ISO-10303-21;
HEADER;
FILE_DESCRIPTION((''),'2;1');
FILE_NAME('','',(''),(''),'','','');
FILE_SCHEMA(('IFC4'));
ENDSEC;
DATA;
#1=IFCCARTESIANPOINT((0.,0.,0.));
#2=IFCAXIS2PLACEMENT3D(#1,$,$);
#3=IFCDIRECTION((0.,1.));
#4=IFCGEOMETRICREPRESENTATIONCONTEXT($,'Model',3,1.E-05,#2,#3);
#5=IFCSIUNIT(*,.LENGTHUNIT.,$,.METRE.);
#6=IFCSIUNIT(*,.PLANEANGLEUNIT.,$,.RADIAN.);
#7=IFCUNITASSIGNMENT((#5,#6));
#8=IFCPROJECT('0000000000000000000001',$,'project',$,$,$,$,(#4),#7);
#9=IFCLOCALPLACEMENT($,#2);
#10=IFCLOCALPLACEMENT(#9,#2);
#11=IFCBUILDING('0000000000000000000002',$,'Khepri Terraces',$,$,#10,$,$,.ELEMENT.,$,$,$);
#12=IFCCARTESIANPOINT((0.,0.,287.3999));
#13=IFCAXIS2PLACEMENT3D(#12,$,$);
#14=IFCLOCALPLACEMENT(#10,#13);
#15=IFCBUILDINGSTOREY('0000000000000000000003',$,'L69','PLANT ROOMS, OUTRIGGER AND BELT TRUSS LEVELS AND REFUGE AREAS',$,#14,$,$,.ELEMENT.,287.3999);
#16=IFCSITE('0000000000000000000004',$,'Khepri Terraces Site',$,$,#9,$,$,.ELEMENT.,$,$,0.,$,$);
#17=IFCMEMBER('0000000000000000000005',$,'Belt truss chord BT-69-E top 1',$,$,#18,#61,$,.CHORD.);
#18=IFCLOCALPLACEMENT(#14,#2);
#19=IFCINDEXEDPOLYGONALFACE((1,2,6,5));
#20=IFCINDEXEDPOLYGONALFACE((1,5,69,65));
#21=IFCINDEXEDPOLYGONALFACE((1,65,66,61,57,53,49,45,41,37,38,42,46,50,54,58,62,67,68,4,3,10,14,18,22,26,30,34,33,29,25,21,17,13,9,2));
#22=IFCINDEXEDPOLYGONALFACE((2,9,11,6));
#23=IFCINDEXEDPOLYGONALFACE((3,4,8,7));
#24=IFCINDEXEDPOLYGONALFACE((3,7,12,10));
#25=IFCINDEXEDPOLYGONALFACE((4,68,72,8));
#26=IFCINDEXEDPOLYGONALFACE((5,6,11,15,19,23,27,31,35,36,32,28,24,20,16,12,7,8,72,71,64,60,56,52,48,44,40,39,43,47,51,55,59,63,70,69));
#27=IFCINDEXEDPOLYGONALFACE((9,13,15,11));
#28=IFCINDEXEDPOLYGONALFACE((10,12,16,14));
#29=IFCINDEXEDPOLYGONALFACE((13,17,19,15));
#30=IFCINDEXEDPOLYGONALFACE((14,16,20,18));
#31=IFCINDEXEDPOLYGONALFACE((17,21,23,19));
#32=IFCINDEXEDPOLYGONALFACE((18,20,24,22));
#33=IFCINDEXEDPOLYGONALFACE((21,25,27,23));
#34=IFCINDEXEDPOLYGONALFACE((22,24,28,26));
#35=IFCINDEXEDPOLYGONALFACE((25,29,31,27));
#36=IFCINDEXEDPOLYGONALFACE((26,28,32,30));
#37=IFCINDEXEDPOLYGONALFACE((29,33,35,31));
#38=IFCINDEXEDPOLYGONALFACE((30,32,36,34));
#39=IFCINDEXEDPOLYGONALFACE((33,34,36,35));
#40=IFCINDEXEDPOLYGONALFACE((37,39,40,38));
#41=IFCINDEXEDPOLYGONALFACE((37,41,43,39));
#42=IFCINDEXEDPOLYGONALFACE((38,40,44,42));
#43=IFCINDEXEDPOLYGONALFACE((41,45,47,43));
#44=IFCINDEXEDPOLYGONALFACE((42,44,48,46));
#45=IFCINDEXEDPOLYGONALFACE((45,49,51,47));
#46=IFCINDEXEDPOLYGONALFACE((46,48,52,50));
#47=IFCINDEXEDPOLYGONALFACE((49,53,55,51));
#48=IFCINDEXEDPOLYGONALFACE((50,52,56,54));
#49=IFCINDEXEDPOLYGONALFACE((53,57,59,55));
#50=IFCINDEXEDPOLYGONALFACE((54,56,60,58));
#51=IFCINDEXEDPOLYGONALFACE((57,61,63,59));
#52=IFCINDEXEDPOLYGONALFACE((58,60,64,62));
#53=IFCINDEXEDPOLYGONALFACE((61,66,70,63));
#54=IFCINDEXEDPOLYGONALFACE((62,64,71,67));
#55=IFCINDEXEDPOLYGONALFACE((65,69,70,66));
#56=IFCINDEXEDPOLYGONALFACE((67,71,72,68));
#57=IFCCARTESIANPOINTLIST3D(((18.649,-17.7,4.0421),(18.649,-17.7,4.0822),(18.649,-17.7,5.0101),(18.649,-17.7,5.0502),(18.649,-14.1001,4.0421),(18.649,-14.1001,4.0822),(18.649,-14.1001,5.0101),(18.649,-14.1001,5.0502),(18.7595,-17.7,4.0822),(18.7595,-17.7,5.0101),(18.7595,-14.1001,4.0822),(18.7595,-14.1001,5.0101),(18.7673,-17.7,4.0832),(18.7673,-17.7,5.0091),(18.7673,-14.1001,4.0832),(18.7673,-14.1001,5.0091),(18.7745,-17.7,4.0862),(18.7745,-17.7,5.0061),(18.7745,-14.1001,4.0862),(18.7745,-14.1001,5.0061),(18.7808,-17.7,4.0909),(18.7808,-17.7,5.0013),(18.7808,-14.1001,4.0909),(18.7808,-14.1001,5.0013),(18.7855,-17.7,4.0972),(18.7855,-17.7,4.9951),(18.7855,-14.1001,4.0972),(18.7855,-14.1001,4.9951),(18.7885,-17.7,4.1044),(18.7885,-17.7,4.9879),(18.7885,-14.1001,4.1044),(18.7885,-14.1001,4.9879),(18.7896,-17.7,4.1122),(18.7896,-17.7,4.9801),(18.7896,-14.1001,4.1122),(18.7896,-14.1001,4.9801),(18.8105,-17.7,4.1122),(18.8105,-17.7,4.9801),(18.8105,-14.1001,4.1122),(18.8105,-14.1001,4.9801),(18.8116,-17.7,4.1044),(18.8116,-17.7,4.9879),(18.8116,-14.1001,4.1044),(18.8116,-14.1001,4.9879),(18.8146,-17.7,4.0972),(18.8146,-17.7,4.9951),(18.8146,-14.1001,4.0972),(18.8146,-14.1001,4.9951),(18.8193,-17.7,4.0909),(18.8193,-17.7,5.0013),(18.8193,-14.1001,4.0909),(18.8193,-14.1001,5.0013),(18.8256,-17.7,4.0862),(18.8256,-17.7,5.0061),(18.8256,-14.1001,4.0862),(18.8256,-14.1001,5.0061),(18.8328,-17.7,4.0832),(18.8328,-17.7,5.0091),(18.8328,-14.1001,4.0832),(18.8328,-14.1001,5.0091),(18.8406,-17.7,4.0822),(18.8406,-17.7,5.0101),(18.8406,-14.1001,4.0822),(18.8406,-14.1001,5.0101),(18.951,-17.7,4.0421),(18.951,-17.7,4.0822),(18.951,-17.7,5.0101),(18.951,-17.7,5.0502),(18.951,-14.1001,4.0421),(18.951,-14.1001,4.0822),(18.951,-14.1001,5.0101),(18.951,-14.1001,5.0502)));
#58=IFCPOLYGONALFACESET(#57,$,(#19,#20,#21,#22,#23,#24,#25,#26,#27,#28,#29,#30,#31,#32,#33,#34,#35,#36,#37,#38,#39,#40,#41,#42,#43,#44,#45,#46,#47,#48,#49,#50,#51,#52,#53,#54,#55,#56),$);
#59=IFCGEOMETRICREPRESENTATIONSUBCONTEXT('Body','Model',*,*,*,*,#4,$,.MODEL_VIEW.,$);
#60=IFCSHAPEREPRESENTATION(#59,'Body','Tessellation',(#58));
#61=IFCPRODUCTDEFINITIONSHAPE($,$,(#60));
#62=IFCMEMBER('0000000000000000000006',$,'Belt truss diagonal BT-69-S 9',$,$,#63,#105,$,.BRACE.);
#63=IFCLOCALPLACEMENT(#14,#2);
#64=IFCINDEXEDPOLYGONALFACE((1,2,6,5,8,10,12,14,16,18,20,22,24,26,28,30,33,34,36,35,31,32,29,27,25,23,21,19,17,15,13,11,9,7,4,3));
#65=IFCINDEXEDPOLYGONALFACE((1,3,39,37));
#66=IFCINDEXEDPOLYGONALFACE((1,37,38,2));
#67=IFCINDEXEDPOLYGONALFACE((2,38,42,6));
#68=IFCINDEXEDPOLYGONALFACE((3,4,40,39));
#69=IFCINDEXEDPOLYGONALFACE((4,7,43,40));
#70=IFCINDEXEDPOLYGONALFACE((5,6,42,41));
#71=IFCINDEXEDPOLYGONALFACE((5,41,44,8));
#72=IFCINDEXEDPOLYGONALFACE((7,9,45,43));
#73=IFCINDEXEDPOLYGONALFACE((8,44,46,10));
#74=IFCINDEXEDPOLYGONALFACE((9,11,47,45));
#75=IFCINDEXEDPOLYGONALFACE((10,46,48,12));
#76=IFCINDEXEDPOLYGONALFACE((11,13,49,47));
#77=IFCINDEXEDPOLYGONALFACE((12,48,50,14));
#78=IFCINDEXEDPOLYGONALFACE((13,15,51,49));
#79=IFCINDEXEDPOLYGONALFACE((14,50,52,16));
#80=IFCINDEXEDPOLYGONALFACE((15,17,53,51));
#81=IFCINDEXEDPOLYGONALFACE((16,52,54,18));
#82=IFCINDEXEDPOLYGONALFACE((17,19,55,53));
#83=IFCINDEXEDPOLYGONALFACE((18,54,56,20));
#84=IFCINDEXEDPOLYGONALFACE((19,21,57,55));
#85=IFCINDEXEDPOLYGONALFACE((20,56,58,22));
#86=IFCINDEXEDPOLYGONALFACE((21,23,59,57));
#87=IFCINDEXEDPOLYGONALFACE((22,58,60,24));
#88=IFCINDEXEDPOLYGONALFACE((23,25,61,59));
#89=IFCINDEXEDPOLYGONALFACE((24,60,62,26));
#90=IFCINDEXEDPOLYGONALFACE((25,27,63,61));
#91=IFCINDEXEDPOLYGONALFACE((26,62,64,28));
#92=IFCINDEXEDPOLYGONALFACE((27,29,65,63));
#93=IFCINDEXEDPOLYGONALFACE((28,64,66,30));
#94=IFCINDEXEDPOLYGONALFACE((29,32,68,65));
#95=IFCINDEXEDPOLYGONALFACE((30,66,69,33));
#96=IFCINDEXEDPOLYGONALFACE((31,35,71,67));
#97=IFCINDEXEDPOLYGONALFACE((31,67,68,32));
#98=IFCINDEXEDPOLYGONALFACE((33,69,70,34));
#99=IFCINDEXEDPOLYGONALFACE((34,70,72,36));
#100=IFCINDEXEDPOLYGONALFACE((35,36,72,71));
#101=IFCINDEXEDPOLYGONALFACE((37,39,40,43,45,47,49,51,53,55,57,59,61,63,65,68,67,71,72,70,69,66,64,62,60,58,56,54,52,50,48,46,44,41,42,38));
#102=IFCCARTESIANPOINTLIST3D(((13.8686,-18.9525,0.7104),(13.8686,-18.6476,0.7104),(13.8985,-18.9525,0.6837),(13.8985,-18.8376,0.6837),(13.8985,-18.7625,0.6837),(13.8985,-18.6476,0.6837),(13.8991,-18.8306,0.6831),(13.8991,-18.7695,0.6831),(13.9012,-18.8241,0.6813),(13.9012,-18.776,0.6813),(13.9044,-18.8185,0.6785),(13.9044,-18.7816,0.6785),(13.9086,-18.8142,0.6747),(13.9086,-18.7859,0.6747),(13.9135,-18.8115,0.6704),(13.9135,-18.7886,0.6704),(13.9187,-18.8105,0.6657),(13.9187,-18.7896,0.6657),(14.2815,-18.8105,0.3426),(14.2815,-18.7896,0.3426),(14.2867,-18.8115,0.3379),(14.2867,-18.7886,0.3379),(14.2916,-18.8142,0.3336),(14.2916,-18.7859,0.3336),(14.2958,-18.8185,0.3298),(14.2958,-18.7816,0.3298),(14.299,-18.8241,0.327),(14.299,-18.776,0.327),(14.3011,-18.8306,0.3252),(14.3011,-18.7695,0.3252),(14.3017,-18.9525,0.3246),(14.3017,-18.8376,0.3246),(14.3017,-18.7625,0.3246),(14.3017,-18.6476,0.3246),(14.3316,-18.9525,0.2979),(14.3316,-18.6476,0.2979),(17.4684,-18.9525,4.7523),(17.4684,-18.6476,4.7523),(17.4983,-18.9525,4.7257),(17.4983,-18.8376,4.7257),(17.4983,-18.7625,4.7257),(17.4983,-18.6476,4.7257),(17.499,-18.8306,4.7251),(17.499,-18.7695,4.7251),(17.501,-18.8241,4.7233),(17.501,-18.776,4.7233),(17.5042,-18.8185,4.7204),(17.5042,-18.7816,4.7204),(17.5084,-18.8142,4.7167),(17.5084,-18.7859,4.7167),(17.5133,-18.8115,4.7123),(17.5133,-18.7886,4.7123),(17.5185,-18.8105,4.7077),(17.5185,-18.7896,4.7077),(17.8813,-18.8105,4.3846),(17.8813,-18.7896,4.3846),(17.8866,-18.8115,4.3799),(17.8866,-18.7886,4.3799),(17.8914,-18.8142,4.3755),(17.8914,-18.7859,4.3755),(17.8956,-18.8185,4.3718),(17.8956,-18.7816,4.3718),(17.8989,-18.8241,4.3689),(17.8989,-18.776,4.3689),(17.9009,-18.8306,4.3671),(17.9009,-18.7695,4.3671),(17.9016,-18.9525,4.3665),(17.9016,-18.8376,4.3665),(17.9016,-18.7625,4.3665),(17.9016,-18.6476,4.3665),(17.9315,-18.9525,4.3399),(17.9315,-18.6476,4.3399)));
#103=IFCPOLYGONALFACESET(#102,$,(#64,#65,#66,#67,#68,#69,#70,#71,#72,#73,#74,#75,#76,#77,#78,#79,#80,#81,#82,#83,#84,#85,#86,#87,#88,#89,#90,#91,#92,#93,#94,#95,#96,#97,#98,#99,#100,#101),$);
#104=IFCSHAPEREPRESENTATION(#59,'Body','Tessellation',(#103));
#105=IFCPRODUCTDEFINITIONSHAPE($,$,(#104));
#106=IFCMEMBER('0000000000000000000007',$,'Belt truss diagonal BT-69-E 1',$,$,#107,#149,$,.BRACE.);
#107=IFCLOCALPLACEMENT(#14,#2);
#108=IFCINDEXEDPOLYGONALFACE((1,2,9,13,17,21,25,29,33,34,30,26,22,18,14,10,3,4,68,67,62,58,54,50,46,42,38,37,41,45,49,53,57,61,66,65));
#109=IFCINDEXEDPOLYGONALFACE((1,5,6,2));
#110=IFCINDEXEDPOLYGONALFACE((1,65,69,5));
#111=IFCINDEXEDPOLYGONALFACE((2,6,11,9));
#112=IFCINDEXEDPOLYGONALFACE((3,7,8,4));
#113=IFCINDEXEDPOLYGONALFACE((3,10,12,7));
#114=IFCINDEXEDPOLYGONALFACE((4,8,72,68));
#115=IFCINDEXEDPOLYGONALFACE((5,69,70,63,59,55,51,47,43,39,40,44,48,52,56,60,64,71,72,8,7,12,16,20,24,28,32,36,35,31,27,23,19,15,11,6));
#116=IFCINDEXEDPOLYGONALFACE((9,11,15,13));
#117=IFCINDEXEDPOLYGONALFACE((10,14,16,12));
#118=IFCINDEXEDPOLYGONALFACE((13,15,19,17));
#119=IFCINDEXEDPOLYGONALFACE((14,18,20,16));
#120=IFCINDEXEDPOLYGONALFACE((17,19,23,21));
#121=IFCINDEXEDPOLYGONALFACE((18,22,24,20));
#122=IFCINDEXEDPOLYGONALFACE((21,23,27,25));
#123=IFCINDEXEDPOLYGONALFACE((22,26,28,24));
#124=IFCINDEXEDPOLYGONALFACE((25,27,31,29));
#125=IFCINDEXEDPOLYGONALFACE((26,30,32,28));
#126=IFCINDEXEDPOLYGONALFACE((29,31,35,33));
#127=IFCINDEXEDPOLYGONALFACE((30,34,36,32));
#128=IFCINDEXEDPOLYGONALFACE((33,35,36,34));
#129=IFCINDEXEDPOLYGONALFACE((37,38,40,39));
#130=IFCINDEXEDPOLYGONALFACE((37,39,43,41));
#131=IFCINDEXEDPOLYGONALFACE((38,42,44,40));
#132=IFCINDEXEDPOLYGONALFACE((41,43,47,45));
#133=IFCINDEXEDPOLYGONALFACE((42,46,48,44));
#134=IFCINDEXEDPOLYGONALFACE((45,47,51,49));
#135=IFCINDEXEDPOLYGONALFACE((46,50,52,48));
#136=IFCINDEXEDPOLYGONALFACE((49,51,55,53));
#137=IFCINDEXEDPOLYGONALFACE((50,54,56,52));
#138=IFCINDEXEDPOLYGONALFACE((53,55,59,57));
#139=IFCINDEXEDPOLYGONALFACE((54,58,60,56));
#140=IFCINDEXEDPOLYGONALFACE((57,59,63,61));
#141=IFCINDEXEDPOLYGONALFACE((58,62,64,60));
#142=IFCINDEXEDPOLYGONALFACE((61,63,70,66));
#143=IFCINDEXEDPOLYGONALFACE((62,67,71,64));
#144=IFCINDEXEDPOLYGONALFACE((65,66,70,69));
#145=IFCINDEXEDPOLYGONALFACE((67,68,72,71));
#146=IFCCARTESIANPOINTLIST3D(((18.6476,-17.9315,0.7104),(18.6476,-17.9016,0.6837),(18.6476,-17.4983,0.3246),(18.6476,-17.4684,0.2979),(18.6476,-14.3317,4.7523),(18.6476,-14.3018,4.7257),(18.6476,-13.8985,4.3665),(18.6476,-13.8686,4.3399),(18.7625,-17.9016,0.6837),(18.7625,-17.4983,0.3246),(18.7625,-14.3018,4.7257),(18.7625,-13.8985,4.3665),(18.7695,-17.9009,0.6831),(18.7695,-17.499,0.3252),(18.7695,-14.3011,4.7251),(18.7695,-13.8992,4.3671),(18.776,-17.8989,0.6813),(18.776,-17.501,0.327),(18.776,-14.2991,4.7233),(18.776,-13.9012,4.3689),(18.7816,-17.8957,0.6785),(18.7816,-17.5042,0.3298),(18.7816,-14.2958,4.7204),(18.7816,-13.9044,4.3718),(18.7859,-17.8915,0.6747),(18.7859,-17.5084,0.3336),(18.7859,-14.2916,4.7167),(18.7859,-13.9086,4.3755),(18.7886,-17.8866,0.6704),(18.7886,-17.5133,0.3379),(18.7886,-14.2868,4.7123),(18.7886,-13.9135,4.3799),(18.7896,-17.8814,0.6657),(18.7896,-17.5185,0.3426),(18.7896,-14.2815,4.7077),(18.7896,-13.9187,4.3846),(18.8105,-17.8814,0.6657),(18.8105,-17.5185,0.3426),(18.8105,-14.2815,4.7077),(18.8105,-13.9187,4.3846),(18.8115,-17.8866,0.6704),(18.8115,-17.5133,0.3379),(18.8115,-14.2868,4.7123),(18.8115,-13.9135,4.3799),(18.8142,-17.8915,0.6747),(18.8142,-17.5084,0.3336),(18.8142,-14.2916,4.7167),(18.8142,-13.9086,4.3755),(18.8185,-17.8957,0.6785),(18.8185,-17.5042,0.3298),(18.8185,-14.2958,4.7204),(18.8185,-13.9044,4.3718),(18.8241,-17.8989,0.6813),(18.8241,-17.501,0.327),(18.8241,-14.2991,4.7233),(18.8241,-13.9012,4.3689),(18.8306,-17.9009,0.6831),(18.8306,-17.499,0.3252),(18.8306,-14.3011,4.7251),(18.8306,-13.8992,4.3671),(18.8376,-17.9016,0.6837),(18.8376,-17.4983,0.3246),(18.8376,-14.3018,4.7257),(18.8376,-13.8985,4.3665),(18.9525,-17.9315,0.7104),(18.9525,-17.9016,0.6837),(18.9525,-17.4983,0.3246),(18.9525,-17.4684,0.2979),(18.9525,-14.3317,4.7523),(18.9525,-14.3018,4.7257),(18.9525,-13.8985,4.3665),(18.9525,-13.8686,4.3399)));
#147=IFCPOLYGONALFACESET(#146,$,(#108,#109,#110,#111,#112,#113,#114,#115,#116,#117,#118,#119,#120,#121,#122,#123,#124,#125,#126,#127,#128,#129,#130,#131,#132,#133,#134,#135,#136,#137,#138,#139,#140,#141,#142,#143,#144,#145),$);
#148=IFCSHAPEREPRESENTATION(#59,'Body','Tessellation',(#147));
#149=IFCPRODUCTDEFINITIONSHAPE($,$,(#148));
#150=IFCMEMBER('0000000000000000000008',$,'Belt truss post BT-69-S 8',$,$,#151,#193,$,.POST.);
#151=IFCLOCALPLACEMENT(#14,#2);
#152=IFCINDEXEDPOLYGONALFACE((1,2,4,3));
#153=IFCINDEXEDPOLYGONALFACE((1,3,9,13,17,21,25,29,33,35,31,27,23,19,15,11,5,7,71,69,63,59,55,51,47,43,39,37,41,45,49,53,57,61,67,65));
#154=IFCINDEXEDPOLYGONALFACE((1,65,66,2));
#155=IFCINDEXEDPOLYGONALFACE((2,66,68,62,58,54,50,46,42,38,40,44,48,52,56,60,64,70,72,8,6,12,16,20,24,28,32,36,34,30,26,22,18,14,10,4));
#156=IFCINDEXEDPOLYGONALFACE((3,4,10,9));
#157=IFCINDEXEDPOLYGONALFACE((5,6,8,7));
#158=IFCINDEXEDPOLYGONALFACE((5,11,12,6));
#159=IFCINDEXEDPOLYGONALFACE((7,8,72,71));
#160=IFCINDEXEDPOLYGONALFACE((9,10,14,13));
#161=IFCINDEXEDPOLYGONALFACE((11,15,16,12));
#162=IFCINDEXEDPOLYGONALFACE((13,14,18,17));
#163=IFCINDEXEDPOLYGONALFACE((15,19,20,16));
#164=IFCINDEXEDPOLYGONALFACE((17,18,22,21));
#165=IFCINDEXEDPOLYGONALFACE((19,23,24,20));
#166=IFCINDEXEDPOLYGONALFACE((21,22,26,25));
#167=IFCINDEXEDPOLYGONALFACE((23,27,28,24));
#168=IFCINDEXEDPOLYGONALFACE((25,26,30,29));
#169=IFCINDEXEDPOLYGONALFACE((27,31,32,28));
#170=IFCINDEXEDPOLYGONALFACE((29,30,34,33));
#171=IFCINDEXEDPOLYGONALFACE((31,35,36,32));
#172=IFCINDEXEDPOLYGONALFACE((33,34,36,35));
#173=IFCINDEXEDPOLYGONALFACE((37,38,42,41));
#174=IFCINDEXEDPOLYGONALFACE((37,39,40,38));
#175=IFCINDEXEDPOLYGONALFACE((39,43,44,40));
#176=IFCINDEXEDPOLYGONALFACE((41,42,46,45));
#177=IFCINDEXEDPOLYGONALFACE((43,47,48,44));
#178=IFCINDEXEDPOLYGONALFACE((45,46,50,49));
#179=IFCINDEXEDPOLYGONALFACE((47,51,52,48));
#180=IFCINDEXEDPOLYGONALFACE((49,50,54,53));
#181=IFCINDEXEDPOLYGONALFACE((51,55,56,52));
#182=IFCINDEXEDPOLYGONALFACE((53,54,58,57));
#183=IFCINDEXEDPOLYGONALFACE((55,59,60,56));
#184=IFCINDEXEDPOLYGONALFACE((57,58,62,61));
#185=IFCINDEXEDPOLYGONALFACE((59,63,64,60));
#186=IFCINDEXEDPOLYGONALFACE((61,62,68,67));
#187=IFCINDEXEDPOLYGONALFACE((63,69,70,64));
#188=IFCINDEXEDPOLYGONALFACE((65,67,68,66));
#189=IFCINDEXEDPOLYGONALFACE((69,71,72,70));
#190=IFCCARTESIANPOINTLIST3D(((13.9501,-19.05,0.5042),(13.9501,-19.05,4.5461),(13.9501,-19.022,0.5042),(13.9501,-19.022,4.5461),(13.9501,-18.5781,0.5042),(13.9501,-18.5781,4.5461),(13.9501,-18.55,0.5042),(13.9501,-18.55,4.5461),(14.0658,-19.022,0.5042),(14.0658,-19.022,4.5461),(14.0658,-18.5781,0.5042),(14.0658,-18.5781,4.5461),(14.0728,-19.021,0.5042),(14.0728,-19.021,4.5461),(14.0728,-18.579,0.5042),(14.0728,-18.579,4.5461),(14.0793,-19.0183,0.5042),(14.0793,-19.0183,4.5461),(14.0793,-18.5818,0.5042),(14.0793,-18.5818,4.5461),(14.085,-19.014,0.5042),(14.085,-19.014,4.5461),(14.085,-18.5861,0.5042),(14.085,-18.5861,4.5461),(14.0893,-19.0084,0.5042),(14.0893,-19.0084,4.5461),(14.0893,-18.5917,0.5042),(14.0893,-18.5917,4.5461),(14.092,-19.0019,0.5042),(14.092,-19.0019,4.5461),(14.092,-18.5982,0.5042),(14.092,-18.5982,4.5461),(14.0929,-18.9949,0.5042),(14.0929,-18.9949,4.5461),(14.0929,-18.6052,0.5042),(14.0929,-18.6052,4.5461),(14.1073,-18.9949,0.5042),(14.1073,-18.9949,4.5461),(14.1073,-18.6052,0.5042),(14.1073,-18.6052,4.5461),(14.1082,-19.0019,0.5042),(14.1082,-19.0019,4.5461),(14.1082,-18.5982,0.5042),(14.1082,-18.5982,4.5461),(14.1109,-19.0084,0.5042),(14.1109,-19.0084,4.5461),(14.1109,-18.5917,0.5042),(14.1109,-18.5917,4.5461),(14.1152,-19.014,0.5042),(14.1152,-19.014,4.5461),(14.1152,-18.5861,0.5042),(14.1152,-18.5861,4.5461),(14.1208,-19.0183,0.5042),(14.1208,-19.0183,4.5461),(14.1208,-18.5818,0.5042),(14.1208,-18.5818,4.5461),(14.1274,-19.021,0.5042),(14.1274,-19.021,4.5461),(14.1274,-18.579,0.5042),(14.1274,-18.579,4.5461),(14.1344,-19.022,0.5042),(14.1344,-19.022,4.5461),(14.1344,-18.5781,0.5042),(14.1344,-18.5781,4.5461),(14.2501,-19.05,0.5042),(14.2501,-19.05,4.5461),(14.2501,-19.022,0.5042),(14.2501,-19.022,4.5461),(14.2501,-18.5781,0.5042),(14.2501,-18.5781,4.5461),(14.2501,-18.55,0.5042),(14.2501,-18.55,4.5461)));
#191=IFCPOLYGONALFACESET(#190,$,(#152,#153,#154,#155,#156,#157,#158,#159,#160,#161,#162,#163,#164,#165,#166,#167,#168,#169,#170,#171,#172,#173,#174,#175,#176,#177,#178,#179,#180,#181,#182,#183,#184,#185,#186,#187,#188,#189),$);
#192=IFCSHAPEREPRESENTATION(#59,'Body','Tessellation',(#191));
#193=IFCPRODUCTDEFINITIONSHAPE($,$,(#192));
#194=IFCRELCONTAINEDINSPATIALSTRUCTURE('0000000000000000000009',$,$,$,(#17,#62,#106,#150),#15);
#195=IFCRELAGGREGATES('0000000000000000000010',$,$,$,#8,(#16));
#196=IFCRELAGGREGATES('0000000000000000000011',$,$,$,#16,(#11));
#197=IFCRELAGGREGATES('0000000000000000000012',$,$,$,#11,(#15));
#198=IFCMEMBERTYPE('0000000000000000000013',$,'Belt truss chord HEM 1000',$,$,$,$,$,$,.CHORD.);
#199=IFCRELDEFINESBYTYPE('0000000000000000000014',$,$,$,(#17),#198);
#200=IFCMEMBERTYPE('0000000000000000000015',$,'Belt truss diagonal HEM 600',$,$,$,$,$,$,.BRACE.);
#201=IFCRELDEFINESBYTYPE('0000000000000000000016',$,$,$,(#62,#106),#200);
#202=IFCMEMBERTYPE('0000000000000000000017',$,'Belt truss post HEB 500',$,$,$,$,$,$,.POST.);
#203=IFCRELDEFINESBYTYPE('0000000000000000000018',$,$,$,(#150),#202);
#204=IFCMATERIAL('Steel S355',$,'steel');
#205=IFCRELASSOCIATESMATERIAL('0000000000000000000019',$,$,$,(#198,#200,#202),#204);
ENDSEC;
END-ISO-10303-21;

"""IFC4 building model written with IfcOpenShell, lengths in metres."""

from ifc_helpers import new_model, si_unit, direction, frame, origin, origin_2d, place, context, subcontext, project, spatial, i_section, extrude, material, material_profile, profile_set, type_object, element, save


model = new_model("IFC4")

# Units and contexts
model_context = context("Model", 3, precision=1e-05, world=origin(), true_north=direction((0.0, 1.0)))
body_context = subcontext(model_context, "Body", "Model", "MODEL_VIEW")
ifc_project = project(units=[si_unit("LENGTHUNIT", "METRE"), si_unit("PLANEANGLEUNIT", "RADIAN")], contexts=[model_context])

# Site, building, storey
site_placement = place(None, origin())
site = spatial("IfcSite", under=ifc_project, at=site_placement, Name="Khepri Terraces Site", CompositionType="ELEMENT", RefElevation=0.0)
building_placement = place(site_placement, origin())
building = spatial("IfcBuilding", under=site, at=building_placement, Name="Khepri Terraces", CompositionType="ELEMENT")
storey_placement = place(building_placement, frame((0.0, 0.0, 287.3999)))
storey = spatial("IfcBuildingStorey", under=building, at=storey_placement, Name="L69", Description="PLANT ROOMS, OUTRIGGER AND BELT TRUSS LEVELS AND REFUGE AREAS", CompositionType="ELEMENT", Elevation=287.3999)

# Members
ifc_material_1 = material(Name="Steel S355", Category="steel")
ifc_material_profile_1 = material_profile(ifc_material_1, i_section(OverallWidth=0.302, OverallDepth=1.0081, WebThickness=0.021, FlangeThickness=0.04, FilletRadius=0.03, at=origin_2d()), Name="Steel S355", Category="steel")
ifc_profile_set_1 = profile_set([ifc_material_profile_1], Name="Steel S355")
member_type_1 = type_object("IfcMemberType", Name="Belt truss chord HEM 1000", PredefinedType="CHORD", material=ifc_profile_set_1)
for number, where, z_axis, x_axis, name in (
    (1, (18.8, -17.7, 4.5461), (0.0, 1.0, 0.0), (-1.0, 0.0, 0.0), "Belt truss chord BT-69-E top 1"),
):
    element("IfcMember", number, at=place(storey_placement, frame(where, z_axis=z_axis, x_axis=x_axis)), inside=storey, type_object=member_type_1, Name=name, PredefinedType="CHORD", context=body_context, shape_type="SweptSolid", body=[
        extrude(i_section(OverallWidth=0.302, OverallDepth=1.0081, WebThickness=0.021, FlangeThickness=0.04, FilletRadius=0.03, at=origin_2d()), origin(), (0.0, 0.0, 1.0), 3.5999),
    ])
ifc_material_profile_2 = material_profile(ifc_material_1, i_section(OverallWidth=0.3049, OverallDepth=0.6201, WebThickness=0.021, FlangeThickness=0.04, FilletRadius=0.0271, at=origin_2d()), Name="Steel S355", Category="steel")
ifc_profile_set_2 = profile_set([ifc_material_profile_2], Name="Steel S355")
member_type_2 = type_object("IfcMemberType", Name="Belt truss diagonal HEM 600", PredefinedType="BRACE", material=ifc_profile_set_2)
for number, where, z_axis, x_axis, name in (
    (2, (14.1001, -18.8, 0.5042), (0.665083, 0.0, 0.746769), (0.0, 1.0, 0.0), "Belt truss diagonal BT-69-S 9"),
    (3, (18.8, -17.7, 0.5042), (0.0, 0.665083, 0.746769), (-1.0, 0.0, 0.0), "Belt truss diagonal BT-69-E 1"),
):
    element("IfcMember", number, at=place(storey_placement, frame(where, z_axis=z_axis, x_axis=x_axis)), inside=storey, type_object=member_type_2, Name=name, PredefinedType="BRACE", context=body_context, shape_type="SweptSolid", body=[
        extrude(i_section(OverallWidth=0.3049, OverallDepth=0.6201, WebThickness=0.021, FlangeThickness=0.04, FilletRadius=0.0271, at=origin_2d()), origin(), (0.0, 0.0, 1.0), 5.4126),
    ])
ifc_material_profile_3 = material_profile(ifc_material_1, i_section(OverallWidth=0.3, OverallDepth=0.5, WebThickness=0.0144, FlangeThickness=0.0281, FilletRadius=0.0271, at=origin_2d()), Name="Steel S355", Category="steel")
ifc_profile_set_3 = profile_set([ifc_material_profile_3], Name="Steel S355")
member_type_3 = type_object("IfcMemberType", Name="Belt truss post HEB 500", PredefinedType="POST", material=ifc_profile_set_3)
member_1_placement = place(storey_placement, frame((14.1001, -18.8, 0.5042), z_axis=(0.0, 0.0, 1.0), x_axis=(1.0, 0.0, 0.0)))
element("IfcMember", 4, at=member_1_placement, inside=storey, type_object=member_type_3, Name="Belt truss post BT-69-S 8", PredefinedType="POST", context=body_context, shape_type="SweptSolid", body=[
    extrude(i_section(OverallWidth=0.3, OverallDepth=0.5, WebThickness=0.0144, FlangeThickness=0.0281, FilletRadius=0.0271, at=origin_2d()), origin(), (0.0, 0.0, 1.0), 4.042),
])

save(model, "model.ifc")
